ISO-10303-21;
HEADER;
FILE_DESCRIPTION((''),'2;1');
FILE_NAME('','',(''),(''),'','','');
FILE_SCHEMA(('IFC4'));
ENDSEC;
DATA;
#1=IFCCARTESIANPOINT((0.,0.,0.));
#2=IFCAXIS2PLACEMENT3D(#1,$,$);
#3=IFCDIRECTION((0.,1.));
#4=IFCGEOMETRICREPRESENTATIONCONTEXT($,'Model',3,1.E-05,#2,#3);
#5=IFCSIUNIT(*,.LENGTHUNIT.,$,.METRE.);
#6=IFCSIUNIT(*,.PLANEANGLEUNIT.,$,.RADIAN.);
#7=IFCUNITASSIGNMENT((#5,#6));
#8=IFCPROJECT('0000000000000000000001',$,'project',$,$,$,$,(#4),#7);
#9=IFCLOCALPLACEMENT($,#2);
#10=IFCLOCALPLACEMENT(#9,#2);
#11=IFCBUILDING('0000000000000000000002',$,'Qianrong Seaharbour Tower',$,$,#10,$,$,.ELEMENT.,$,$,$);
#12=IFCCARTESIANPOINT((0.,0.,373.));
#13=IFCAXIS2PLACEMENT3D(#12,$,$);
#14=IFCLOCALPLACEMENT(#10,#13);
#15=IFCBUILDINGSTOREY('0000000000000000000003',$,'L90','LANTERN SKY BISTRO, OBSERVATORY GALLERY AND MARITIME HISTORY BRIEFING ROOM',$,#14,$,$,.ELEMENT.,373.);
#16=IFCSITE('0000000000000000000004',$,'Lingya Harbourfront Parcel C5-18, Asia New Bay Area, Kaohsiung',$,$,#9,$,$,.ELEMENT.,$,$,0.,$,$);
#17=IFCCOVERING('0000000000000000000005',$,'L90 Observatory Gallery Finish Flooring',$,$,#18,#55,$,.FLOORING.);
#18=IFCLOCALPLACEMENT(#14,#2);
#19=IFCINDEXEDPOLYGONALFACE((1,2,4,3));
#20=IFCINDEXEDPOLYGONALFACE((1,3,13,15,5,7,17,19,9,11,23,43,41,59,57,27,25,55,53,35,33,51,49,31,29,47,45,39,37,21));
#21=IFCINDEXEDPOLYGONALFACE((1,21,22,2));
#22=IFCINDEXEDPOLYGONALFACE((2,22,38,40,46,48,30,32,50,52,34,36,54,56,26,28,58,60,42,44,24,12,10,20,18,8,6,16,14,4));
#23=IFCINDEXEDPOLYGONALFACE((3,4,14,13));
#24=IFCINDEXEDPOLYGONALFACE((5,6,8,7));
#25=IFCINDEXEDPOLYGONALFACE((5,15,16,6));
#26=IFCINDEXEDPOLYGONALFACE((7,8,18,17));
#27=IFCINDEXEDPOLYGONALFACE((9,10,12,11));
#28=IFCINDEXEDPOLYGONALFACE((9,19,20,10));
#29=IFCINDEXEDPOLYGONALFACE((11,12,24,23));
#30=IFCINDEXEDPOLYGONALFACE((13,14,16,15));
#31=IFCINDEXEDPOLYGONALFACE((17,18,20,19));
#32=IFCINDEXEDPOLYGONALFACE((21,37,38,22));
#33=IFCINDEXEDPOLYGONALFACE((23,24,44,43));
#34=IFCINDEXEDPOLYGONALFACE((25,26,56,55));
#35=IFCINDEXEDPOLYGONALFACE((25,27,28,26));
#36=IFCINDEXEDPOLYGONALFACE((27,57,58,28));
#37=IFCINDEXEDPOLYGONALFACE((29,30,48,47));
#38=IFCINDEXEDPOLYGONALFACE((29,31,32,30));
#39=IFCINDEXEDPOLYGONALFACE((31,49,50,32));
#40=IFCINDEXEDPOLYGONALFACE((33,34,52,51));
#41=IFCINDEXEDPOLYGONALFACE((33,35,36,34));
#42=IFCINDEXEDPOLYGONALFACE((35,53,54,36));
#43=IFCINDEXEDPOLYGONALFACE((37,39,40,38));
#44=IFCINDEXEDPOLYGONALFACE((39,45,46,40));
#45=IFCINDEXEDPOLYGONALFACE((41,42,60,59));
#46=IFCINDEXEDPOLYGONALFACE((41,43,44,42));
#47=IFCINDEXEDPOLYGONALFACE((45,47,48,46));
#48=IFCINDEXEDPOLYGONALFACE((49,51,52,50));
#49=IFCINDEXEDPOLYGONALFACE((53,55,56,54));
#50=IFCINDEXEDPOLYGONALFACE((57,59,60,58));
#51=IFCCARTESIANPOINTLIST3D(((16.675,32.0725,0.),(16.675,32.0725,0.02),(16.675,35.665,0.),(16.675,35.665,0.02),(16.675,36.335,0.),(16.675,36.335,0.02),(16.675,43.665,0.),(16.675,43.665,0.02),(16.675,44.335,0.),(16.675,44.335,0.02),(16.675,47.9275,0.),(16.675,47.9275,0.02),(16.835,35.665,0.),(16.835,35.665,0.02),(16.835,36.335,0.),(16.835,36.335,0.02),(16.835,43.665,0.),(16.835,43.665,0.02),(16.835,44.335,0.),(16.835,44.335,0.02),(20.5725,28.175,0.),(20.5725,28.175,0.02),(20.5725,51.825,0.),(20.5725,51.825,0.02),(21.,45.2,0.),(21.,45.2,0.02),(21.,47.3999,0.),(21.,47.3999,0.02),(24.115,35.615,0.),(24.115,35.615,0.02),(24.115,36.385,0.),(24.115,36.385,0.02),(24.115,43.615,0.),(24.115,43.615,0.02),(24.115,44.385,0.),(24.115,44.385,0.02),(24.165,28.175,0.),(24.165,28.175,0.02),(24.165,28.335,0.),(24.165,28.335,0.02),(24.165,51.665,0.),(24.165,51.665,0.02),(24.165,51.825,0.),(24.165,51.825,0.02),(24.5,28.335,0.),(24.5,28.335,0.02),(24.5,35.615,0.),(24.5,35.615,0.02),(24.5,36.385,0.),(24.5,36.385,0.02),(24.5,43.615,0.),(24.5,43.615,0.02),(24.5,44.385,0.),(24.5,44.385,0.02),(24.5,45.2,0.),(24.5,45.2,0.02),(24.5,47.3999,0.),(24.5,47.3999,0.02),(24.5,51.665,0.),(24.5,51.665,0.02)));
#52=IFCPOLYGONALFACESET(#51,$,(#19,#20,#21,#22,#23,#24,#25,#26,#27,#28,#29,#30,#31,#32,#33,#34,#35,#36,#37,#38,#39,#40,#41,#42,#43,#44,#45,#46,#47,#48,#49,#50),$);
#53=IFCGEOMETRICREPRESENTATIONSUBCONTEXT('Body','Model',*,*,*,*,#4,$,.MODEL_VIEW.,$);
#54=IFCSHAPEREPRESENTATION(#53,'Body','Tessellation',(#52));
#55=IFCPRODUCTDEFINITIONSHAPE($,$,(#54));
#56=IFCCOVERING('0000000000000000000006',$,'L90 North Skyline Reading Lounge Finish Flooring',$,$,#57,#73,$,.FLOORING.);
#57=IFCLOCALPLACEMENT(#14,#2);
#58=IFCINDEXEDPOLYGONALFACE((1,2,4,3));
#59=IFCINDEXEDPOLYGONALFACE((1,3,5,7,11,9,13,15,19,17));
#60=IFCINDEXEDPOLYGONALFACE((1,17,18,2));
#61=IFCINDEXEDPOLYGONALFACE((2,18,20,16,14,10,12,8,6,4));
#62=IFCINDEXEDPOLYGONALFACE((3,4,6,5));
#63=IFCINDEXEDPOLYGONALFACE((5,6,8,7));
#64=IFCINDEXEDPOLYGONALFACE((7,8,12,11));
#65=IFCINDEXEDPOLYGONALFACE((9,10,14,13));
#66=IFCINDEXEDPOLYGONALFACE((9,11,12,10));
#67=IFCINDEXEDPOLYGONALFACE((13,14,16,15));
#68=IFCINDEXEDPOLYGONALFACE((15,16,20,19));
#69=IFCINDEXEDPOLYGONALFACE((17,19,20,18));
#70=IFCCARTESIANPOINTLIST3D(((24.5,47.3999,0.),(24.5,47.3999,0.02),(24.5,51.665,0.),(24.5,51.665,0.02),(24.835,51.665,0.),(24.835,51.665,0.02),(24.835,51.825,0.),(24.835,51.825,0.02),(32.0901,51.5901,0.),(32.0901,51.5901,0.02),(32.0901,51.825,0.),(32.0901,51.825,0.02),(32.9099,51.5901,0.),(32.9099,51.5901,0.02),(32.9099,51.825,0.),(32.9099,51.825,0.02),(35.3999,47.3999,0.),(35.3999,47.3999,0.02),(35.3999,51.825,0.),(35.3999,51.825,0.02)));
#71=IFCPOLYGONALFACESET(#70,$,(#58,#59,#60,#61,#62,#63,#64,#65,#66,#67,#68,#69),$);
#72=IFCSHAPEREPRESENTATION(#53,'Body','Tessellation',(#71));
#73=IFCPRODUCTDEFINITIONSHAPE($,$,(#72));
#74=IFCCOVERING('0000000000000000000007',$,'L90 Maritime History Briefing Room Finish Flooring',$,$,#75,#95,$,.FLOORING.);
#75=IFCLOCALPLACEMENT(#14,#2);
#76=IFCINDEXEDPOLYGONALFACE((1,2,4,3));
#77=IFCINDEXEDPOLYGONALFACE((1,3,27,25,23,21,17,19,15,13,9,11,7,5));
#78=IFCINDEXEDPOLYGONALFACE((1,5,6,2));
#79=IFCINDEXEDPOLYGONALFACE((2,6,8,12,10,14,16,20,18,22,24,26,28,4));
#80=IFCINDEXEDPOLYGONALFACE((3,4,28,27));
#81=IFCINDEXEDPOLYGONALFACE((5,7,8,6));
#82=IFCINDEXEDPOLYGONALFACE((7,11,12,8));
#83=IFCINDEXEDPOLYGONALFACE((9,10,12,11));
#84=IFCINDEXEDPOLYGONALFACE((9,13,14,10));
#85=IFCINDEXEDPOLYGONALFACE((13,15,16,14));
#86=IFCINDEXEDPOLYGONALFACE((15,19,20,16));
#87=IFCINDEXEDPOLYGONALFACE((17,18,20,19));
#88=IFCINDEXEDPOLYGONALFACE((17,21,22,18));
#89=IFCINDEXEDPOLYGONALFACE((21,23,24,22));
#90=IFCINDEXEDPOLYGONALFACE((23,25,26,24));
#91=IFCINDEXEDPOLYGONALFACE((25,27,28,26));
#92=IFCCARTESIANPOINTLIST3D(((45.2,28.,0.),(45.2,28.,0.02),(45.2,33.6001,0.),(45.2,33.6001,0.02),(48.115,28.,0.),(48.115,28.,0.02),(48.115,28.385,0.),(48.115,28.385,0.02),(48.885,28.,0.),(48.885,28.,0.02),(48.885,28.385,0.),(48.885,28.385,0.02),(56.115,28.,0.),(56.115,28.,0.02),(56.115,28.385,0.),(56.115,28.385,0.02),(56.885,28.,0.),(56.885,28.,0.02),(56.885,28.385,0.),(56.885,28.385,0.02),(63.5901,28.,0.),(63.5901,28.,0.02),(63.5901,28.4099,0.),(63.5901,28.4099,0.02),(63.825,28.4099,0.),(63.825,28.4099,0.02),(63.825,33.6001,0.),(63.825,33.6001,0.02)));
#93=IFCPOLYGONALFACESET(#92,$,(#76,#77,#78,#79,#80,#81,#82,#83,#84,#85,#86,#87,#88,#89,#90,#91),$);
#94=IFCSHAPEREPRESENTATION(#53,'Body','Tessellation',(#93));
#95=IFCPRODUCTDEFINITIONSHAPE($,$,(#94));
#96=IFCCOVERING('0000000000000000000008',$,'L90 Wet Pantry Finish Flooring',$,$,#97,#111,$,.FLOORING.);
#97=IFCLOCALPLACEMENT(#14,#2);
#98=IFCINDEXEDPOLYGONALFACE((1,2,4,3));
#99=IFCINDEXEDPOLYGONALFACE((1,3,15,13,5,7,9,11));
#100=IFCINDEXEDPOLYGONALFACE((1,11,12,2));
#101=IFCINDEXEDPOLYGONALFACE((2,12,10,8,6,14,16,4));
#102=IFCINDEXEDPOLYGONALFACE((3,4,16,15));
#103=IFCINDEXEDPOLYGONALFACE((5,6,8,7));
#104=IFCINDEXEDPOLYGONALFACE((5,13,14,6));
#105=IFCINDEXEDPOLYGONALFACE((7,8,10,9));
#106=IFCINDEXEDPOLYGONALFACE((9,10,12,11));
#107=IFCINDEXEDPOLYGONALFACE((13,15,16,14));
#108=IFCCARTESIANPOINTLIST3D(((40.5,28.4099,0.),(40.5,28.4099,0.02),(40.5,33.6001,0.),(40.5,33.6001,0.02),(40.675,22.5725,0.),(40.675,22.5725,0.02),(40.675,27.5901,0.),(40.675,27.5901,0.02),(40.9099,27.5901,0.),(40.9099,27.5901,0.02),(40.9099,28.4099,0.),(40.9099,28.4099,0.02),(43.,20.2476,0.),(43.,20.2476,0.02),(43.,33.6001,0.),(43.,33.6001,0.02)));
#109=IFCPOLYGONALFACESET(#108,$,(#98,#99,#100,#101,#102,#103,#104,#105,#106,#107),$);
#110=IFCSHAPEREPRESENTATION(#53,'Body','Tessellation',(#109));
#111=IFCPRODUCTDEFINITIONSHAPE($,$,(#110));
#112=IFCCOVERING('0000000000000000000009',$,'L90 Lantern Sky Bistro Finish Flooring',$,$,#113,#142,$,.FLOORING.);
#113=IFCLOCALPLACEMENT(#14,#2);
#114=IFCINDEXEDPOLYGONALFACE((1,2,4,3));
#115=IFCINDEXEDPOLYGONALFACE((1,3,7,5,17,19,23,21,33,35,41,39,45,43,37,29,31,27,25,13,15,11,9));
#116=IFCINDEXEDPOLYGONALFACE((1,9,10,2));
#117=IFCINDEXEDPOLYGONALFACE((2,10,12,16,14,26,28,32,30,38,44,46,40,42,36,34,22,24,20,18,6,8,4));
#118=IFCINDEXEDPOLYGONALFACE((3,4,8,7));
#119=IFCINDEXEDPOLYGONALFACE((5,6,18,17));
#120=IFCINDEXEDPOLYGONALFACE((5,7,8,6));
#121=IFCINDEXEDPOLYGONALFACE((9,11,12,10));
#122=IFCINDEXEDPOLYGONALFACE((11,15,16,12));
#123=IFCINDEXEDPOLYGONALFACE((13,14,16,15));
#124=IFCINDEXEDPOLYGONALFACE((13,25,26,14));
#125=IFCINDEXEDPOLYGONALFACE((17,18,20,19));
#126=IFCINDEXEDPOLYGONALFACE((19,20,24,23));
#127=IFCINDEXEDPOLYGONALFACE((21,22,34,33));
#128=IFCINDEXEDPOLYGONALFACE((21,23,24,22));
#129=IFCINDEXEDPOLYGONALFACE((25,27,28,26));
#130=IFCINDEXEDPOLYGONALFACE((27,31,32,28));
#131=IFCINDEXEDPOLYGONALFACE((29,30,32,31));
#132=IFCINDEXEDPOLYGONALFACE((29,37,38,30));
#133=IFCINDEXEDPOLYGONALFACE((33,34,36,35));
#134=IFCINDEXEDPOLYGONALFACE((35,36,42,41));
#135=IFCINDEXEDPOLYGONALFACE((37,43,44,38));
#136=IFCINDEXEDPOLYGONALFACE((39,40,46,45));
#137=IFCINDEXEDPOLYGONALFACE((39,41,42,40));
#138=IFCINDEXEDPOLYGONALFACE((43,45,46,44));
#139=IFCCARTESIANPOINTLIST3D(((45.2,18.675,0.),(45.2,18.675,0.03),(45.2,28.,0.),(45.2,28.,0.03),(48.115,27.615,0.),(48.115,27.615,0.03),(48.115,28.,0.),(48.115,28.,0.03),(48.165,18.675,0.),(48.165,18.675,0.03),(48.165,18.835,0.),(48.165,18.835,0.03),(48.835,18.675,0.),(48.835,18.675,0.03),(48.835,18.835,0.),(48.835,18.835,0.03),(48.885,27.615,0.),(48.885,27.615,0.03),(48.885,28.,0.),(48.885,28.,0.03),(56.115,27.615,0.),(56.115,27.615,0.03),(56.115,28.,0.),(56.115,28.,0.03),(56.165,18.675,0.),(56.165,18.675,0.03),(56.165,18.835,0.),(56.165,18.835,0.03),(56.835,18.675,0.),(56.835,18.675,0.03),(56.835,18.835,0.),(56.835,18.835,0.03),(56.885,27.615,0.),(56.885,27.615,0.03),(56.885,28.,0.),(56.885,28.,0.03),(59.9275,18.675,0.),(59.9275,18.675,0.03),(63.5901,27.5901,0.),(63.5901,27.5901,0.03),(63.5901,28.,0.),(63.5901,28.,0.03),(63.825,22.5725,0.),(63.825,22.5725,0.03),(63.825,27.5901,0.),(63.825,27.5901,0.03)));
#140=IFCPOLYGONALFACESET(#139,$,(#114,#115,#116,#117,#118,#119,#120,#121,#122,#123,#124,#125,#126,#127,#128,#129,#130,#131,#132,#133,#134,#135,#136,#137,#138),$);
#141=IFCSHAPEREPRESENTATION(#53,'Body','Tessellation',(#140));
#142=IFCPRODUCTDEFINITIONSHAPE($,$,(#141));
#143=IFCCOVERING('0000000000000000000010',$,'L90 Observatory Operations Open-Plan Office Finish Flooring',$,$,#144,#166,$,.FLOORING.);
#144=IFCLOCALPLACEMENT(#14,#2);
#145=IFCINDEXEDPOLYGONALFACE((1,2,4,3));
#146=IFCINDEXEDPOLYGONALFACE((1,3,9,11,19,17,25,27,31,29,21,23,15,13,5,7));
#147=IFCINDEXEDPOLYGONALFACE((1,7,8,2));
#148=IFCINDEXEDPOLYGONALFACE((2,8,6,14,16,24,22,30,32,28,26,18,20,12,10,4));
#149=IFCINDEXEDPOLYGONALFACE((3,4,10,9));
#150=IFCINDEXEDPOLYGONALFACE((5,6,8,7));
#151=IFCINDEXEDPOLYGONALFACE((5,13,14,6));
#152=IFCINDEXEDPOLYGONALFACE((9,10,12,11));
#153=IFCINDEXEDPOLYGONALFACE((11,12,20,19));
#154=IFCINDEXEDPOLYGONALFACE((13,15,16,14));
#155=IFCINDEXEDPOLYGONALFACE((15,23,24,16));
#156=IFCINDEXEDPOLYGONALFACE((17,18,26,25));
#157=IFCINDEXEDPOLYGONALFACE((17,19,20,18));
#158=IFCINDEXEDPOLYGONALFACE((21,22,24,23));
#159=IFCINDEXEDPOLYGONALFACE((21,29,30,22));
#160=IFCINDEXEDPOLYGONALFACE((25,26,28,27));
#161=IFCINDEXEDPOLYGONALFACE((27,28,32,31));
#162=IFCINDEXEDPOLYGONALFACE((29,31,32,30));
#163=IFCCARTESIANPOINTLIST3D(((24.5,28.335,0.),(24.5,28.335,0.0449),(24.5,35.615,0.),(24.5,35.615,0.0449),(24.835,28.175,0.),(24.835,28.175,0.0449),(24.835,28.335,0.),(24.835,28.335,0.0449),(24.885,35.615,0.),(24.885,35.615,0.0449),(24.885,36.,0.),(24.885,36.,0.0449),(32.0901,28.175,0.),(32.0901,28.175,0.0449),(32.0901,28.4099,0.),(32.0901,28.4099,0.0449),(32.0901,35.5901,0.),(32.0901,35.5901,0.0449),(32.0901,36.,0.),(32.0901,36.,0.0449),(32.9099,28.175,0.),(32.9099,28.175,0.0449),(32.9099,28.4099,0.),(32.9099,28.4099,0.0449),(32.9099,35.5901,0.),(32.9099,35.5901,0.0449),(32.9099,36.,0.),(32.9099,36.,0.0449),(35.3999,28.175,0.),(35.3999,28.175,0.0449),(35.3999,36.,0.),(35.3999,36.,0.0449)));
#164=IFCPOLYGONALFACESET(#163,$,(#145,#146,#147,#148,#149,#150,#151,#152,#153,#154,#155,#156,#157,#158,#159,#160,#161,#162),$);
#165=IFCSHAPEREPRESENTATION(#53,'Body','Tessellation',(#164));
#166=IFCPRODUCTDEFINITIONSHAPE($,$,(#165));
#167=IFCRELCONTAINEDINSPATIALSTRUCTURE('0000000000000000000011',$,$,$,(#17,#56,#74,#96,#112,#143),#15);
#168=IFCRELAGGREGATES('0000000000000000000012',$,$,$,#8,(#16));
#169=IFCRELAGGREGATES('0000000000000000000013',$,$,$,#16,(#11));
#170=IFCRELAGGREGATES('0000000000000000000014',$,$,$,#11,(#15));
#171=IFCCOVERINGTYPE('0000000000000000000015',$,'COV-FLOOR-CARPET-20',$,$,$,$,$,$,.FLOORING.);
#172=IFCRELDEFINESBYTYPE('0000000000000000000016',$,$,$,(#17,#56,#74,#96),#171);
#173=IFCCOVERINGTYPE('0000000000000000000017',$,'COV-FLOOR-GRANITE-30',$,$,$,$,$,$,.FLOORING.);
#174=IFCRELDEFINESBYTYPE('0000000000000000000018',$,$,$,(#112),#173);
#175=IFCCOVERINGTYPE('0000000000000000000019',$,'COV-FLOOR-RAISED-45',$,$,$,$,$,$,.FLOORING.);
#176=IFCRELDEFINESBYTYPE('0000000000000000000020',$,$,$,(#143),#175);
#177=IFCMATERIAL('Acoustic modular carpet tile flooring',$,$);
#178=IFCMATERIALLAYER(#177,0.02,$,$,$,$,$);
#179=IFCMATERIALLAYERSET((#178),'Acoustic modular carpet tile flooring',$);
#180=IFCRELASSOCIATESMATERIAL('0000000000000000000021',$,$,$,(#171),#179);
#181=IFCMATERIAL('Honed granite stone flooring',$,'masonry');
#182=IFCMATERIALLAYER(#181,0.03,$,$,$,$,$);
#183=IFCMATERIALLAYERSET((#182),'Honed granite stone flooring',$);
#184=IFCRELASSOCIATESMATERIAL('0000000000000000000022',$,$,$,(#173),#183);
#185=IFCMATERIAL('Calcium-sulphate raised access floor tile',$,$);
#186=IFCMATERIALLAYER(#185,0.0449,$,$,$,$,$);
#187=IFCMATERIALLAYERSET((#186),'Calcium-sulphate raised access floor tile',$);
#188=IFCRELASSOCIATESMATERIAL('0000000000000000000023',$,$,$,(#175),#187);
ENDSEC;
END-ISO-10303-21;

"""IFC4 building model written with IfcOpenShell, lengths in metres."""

from ifc_helpers import new_model, si_unit, direction, frame, origin, place, context, subcontext, project, spatial, polyline, outline, extrude, material, layer, layer_set, type_object, element, save


model = new_model("IFC4")

# Units and contexts
model_context = context("Model", 3, precision=1e-05, world=origin(), true_north=direction((0.0, 1.0)))
body_context = subcontext(model_context, "Body", "Model", "MODEL_VIEW")
ifc_project = project(units=[si_unit("LENGTHUNIT", "METRE"), si_unit("PLANEANGLEUNIT", "RADIAN")], contexts=[model_context])

# Site, building, storey
site_placement = place(None, origin())
site = spatial("IfcSite", under=ifc_project, at=site_placement, Name="Lingya Harbourfront Parcel C5-18, Asia New Bay Area, Kaohsiung", CompositionType="ELEMENT", RefElevation=0.0)
building_placement = place(site_placement, origin())
building = spatial("IfcBuilding", under=site, at=building_placement, Name="Qianrong Seaharbour Tower", CompositionType="ELEMENT")
storey_placement = place(building_placement, frame((0.0, 0.0, 373.0)))
storey = spatial("IfcBuildingStorey", under=building, at=storey_placement, Name="L90", Description="LANTERN SKY BISTRO, OBSERVATORY GALLERY AND MARITIME HISTORY BRIEFING ROOM", CompositionType="ELEMENT", Elevation=373.0)

# Coverings
ifc_material_1 = material(Name="Acoustic modular carpet tile flooring")
ifc_layer_1 = layer(ifc_material_1, 0.02)
ifc_layer_set_1 = layer_set([ifc_layer_1], Name="Acoustic modular carpet tile flooring")
covering_type_1 = type_object("IfcCoveringType", Name="COV-FLOOR-CARPET-20", PredefinedType="FLOORING", material=ifc_layer_set_1)
covering_1_placement = place(storey_placement, origin())
element("IfcCovering", 1, at=covering_1_placement, inside=storey, type_object=covering_type_1, Name="L90 Observatory Gallery Finish Flooring", PredefinedType="FLOORING", context=body_context, shape_type="SweptSolid", body=[
    extrude(outline(polyline([(16.675, 32.0725), (16.675, 35.665), (16.835, 35.665), (16.835, 36.335), (16.675, 36.335), (16.675, 43.665), (16.835, 43.665), (16.835, 44.335), (16.675, 44.335), (16.675, 47.9275), (20.5725, 51.825), (24.165, 51.825), (24.165, 51.665), (24.5, 51.665), (24.5, 47.3999), (21.0, 47.3999), (21.0, 45.2), (24.5, 45.2), (24.5, 44.385), (24.115, 44.385), (24.115, 43.615), (24.5, 43.615), (24.5, 36.385), (24.115, 36.385), (24.115, 35.615), (24.5, 35.615), (24.5, 28.335), (24.165, 28.335), (24.165, 28.175), (20.5725, 28.175), (16.675, 32.0725)])), origin(), (0.0, 0.0, 1.0), 0.02),
])
covering_2_placement = place(storey_placement, origin())
element("IfcCovering", 2, at=covering_2_placement, inside=storey, type_object=covering_type_1, Name="L90 North Skyline Reading Lounge Finish Flooring", PredefinedType="FLOORING", context=body_context, shape_type="SweptSolid", body=[
    extrude(outline(polyline([(24.5, 51.665), (24.835, 51.665), (24.835, 51.825), (32.0901, 51.825), (32.0901, 51.5901), (32.9099, 51.5901), (32.9099, 51.825), (35.3999, 51.825), (35.3999, 47.3999), (24.5, 47.3999), (24.5, 51.665)])), origin(), (0.0, 0.0, 1.0), 0.02),
])
covering_3_placement = place(storey_placement, origin())
element("IfcCovering", 3, at=covering_3_placement, inside=storey, type_object=covering_type_1, Name="L90 Maritime History Briefing Room Finish Flooring", PredefinedType="FLOORING", context=body_context, shape_type="SweptSolid", body=[
    extrude(outline(polyline([(63.825, 33.6001), (63.825, 28.4099), (63.5901, 28.4099), (63.5901, 28.0), (56.885, 28.0), (56.885, 28.385), (56.115, 28.385), (56.115, 28.0), (48.885, 28.0), (48.885, 28.385), (48.115, 28.385), (48.115, 28.0), (45.2, 28.0), (45.2, 33.6001), (63.825, 33.6001)])), origin(), (0.0, 0.0, 1.0), 0.02),
])
covering_4_placement = place(storey_placement, origin())
element("IfcCovering", 4, at=covering_4_placement, inside=storey, type_object=covering_type_1, Name="L90 Wet Pantry Finish Flooring", PredefinedType="FLOORING", context=body_context, shape_type="SweptSolid", body=[
    extrude(outline(polyline([(43.0, 20.2476), (40.675, 22.5725), (40.675, 27.5901), (40.9099, 27.5901), (40.9099, 28.4099), (40.5, 28.4099), (40.5, 33.6001), (43.0, 33.6001), (43.0, 20.2476)])), origin(), (0.0, 0.0, 1.0), 0.02),
])
ifc_material_2 = material(Name="Honed granite stone flooring", Category="masonry")
ifc_layer_2 = layer(ifc_material_2, 0.03)
ifc_layer_set_2 = layer_set([ifc_layer_2], Name="Honed granite stone flooring")
covering_type_2 = type_object("IfcCoveringType", Name="COV-FLOOR-GRANITE-30", PredefinedType="FLOORING", material=ifc_layer_set_2)
covering_5_placement = place(storey_placement, origin())
element("IfcCovering", 5, at=covering_5_placement, inside=storey, type_object=covering_type_2, Name="L90 Lantern Sky Bistro Finish Flooring", PredefinedType="FLOORING", context=body_context, shape_type="SweptSolid", body=[
    extrude(outline(polyline([(63.825, 22.5725), (59.9275, 18.675), (56.835, 18.675), (56.835, 18.835), (56.165, 18.835), (56.165, 18.675), (48.835, 18.675), (48.835, 18.835), (48.165, 18.835), (48.165, 18.675), (45.2, 18.675), (45.2, 28.0), (48.115, 28.0), (48.115, 27.615), (48.885, 27.615), (48.885, 28.0), (56.115, 28.0), (56.115, 27.615), (56.885, 27.615), (56.885, 28.0), (63.5901, 28.0), (63.5901, 27.5901), (63.825, 27.5901), (63.825, 22.5725)])), origin(), (0.0, 0.0, 1.0), 0.03),
])
ifc_material_3 = material(Name="Calcium-sulphate raised access floor tile")
ifc_layer_3 = layer(ifc_material_3, 0.0449)
ifc_layer_set_3 = layer_set([ifc_layer_3], Name="Calcium-sulphate raised access floor tile")
covering_type_3 = type_object("IfcCoveringType", Name="COV-FLOOR-RAISED-45", PredefinedType="FLOORING", material=ifc_layer_set_3)
covering_6_placement = place(storey_placement, origin())
element("IfcCovering", 6, at=covering_6_placement, inside=storey, type_object=covering_type_3, Name="L90 Observatory Operations Open-Plan Office Finish Flooring", PredefinedType="FLOORING", context=body_context, shape_type="SweptSolid", body=[
    extrude(outline(polyline([(35.3999, 28.175), (32.9099, 28.175), (32.9099, 28.4099), (32.0901, 28.4099), (32.0901, 28.175), (24.835, 28.175), (24.835, 28.335), (24.5, 28.335), (24.5, 35.615), (24.885, 35.615), (24.885, 36.0), (32.0901, 36.0), (32.0901, 35.5901), (32.9099, 35.5901), (32.9099, 36.0), (35.3999, 36.0), (35.3999, 28.175)])), origin(), (0.0, 0.0, 1.0), 0.0449),
])

save(model, "model.ifc")
